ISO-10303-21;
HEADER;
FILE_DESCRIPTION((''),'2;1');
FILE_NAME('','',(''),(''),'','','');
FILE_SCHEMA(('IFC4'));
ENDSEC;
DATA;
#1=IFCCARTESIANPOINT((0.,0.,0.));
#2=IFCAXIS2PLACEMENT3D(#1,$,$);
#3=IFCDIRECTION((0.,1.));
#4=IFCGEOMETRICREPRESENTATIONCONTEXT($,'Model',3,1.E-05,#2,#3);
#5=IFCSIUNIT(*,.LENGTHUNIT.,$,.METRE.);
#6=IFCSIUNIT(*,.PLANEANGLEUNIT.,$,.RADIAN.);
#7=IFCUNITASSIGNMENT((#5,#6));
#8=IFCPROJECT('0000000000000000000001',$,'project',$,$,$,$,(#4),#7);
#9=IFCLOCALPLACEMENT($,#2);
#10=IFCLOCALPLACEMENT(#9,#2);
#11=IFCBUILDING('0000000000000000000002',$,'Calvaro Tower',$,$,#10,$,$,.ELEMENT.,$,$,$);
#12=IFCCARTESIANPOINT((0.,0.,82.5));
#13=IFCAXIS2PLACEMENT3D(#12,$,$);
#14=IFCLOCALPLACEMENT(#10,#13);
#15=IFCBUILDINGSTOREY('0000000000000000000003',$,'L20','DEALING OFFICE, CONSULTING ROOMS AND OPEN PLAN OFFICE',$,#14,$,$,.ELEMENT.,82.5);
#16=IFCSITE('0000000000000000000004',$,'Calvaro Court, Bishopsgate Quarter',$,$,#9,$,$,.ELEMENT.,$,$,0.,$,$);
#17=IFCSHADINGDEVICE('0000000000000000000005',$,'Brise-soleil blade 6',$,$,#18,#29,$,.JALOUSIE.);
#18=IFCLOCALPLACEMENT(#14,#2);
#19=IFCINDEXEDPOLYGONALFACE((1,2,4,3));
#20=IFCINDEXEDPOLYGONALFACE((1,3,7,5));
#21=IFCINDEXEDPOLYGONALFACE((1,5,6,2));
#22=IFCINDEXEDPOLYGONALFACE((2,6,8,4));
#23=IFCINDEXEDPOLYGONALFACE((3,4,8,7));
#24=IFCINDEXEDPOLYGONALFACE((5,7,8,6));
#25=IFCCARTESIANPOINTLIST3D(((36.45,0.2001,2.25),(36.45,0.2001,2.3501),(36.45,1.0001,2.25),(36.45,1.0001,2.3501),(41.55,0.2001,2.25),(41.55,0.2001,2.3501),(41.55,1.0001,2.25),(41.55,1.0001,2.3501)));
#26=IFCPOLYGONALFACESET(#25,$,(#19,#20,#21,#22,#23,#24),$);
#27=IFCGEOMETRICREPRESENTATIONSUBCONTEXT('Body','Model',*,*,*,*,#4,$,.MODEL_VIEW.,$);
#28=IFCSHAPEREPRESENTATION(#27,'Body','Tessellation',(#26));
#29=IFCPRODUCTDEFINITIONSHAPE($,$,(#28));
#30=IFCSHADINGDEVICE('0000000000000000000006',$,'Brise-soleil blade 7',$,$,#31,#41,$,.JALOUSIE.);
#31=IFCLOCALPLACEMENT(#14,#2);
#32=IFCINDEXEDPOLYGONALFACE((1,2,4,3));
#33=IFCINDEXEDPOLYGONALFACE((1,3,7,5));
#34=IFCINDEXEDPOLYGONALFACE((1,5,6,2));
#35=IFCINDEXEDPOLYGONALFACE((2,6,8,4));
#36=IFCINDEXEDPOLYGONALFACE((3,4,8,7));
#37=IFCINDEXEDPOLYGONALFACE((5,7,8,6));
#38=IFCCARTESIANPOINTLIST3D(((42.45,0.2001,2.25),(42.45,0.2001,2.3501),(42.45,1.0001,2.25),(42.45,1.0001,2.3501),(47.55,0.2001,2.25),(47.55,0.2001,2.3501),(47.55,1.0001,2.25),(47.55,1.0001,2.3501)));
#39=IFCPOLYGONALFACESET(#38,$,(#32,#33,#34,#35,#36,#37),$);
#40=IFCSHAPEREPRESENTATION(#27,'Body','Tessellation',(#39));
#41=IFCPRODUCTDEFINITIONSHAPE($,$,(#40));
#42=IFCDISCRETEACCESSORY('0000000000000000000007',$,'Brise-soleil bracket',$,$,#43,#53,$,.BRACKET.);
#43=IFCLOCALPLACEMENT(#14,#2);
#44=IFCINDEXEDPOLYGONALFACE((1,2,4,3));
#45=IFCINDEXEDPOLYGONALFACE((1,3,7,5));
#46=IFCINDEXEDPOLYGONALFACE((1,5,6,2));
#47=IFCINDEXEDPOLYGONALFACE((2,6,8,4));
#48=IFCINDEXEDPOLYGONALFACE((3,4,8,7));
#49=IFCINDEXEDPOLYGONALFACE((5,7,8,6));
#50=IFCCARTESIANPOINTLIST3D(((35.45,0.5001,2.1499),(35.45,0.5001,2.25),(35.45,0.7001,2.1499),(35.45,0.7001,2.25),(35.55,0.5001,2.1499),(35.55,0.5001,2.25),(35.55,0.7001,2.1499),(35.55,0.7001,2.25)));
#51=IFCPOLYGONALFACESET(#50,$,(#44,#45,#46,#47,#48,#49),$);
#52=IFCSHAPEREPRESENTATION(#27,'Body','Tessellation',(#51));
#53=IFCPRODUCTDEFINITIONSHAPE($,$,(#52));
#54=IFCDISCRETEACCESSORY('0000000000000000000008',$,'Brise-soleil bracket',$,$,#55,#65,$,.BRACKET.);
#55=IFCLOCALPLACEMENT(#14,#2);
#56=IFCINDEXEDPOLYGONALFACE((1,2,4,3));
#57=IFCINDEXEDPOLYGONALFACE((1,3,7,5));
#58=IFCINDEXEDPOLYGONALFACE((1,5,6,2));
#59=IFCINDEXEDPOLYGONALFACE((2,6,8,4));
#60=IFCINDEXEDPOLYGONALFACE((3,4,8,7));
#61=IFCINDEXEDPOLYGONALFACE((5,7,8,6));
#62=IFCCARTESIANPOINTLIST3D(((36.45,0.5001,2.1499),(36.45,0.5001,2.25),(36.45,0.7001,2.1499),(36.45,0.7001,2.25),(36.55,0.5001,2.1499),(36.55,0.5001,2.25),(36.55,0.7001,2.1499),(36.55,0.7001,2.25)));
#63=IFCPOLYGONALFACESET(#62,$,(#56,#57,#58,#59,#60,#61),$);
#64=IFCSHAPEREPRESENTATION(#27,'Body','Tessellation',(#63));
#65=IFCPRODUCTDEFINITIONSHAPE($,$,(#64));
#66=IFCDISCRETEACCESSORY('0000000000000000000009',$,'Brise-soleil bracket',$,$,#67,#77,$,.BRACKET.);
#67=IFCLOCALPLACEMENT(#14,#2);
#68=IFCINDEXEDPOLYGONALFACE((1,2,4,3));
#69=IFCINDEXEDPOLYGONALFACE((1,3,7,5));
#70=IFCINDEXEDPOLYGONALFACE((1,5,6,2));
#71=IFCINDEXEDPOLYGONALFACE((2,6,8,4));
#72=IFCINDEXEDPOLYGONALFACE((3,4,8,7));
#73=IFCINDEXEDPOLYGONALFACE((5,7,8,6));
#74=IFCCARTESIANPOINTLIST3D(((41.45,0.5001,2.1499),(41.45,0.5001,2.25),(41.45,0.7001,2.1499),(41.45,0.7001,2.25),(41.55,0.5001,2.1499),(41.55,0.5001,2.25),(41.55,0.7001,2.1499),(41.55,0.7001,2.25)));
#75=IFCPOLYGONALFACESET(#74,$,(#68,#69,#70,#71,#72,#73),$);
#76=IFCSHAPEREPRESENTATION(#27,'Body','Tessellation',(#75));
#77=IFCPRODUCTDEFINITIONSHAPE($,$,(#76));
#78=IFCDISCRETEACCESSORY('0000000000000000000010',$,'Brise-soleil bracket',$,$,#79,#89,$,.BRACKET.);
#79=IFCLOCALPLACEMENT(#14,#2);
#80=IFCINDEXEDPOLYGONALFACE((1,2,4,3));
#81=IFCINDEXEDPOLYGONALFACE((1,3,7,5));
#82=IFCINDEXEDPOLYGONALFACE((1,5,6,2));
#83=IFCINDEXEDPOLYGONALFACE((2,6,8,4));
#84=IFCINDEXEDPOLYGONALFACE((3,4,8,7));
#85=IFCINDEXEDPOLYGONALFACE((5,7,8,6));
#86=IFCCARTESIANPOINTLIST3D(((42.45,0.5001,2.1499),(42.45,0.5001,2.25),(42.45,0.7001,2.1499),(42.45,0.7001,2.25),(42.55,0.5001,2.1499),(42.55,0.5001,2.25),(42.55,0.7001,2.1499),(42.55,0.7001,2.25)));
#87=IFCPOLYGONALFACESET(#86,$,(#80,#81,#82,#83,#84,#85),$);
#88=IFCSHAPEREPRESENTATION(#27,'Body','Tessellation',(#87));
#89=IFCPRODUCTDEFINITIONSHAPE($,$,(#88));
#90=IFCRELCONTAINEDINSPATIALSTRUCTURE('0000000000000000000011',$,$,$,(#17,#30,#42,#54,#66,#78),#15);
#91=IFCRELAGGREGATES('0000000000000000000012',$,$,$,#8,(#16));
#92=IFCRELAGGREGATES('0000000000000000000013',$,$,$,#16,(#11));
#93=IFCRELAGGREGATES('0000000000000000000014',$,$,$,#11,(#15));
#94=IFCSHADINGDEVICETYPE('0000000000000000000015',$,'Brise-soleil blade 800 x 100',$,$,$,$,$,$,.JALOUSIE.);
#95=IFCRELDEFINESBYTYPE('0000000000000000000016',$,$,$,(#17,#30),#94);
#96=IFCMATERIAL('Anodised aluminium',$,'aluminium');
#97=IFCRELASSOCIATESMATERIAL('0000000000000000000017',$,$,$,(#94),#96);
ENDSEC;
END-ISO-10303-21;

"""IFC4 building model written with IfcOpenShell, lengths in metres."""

from ifc_helpers import new_model, si_unit, direction, frame, origin, origin_2d, place, context, subcontext, project, spatial, rectangle, extrude, material, material_profile, profile_set, type_object, element, save


model = new_model("IFC4")

# Units and contexts
model_context = context("Model", 3, precision=1e-05, world=origin(), true_north=direction((0.0, 1.0)))
body_context = subcontext(model_context, "Body", "Model", "MODEL_VIEW")
ifc_project = project(units=[si_unit("LENGTHUNIT", "METRE"), si_unit("PLANEANGLEUNIT", "RADIAN")], contexts=[model_context])

# Site, building, storey
site_placement = place(None, origin())
site = spatial("IfcSite", under=ifc_project, at=site_placement, Name="Calvaro Court, Bishopsgate Quarter", CompositionType="ELEMENT", RefElevation=0.0)
building_placement = place(site_placement, origin())
building = spatial("IfcBuilding", under=site, at=building_placement, Name="Calvaro Tower", CompositionType="ELEMENT")
storey_placement = place(building_placement, frame((0.0, 0.0, 82.5)))
storey = spatial("IfcBuildingStorey", under=building, at=storey_placement, Name="L20", Description="DEALING OFFICE, CONSULTING ROOMS AND OPEN PLAN OFFICE", CompositionType="ELEMENT", Elevation=82.5)

# Shading devices
ifc_material_1 = material(Name="Anodised aluminium", Category="aluminium")
ifc_material_profile_1 = material_profile(ifc_material_1, rectangle(XDim=0.8, YDim=0.1001, at=origin_2d()), Name="Brise-soleil blade 800 x 100")
ifc_profile_set_1 = profile_set([ifc_material_profile_1], Name="Anodised aluminium")
shading_device_type = type_object("IfcShadingDeviceType", Name="Brise-soleil blade 800 x 100", PredefinedType="JALOUSIE", material=ifc_profile_set_1)
for number, where, z_axis, x_axis, name in (
    (1, (36.45, 0.6001, 2.3), (1.0, 0.0, 0.0), (0.0, 1.0, 0.0), "Brise-soleil blade 6"),
    (2, (42.45, 0.6001, 2.3), (1.0, 0.0, 0.0), (0.0, 1.0, 0.0), "Brise-soleil blade 7"),
):
    element("IfcShadingDevice", number, at=place(storey_placement, frame(where, z_axis=z_axis, x_axis=x_axis)), inside=storey, type_object=shading_device_type, Name=name, PredefinedType="JALOUSIE", context=body_context, shape_type="SweptSolid", body=[
        extrude(rectangle(XDim=0.8, YDim=0.1001, at=origin_2d()), origin(), (0.0, 0.0, 1.0), 5.1001),
    ])

# Discrete accessories
for number, where, z_axis, x_axis, name in (
    (3, (35.5, 0.6001, 2.1499), (0.0, 0.0, 1.0), (1.0, 0.0, 0.0), "Brise-soleil bracket"),
    (4, (36.5, 0.6001, 2.1499), (0.0, 0.0, 1.0), (1.0, 0.0, 0.0), "Brise-soleil bracket"),
    (5, (41.5, 0.6001, 2.1499), (0.0, 0.0, 1.0), (1.0, 0.0, 0.0), "Brise-soleil bracket"),
    (6, (42.5, 0.6001, 2.1499), (0.0, 0.0, 1.0), (1.0, 0.0, 0.0), "Brise-soleil bracket"),
):
    element("IfcDiscreteAccessory", number, at=place(storey_placement, frame(where, z_axis=z_axis, x_axis=x_axis)), inside=storey, Name=name, PredefinedType="BRACKET", context=body_context, shape_type="SweptSolid", body=[
        extrude(rectangle(XDim=0.1001, YDim=0.2, at=origin_2d()), origin(), (0.0, 0.0, 1.0), 0.1001),
    ])

save(model, "model.ifc")
